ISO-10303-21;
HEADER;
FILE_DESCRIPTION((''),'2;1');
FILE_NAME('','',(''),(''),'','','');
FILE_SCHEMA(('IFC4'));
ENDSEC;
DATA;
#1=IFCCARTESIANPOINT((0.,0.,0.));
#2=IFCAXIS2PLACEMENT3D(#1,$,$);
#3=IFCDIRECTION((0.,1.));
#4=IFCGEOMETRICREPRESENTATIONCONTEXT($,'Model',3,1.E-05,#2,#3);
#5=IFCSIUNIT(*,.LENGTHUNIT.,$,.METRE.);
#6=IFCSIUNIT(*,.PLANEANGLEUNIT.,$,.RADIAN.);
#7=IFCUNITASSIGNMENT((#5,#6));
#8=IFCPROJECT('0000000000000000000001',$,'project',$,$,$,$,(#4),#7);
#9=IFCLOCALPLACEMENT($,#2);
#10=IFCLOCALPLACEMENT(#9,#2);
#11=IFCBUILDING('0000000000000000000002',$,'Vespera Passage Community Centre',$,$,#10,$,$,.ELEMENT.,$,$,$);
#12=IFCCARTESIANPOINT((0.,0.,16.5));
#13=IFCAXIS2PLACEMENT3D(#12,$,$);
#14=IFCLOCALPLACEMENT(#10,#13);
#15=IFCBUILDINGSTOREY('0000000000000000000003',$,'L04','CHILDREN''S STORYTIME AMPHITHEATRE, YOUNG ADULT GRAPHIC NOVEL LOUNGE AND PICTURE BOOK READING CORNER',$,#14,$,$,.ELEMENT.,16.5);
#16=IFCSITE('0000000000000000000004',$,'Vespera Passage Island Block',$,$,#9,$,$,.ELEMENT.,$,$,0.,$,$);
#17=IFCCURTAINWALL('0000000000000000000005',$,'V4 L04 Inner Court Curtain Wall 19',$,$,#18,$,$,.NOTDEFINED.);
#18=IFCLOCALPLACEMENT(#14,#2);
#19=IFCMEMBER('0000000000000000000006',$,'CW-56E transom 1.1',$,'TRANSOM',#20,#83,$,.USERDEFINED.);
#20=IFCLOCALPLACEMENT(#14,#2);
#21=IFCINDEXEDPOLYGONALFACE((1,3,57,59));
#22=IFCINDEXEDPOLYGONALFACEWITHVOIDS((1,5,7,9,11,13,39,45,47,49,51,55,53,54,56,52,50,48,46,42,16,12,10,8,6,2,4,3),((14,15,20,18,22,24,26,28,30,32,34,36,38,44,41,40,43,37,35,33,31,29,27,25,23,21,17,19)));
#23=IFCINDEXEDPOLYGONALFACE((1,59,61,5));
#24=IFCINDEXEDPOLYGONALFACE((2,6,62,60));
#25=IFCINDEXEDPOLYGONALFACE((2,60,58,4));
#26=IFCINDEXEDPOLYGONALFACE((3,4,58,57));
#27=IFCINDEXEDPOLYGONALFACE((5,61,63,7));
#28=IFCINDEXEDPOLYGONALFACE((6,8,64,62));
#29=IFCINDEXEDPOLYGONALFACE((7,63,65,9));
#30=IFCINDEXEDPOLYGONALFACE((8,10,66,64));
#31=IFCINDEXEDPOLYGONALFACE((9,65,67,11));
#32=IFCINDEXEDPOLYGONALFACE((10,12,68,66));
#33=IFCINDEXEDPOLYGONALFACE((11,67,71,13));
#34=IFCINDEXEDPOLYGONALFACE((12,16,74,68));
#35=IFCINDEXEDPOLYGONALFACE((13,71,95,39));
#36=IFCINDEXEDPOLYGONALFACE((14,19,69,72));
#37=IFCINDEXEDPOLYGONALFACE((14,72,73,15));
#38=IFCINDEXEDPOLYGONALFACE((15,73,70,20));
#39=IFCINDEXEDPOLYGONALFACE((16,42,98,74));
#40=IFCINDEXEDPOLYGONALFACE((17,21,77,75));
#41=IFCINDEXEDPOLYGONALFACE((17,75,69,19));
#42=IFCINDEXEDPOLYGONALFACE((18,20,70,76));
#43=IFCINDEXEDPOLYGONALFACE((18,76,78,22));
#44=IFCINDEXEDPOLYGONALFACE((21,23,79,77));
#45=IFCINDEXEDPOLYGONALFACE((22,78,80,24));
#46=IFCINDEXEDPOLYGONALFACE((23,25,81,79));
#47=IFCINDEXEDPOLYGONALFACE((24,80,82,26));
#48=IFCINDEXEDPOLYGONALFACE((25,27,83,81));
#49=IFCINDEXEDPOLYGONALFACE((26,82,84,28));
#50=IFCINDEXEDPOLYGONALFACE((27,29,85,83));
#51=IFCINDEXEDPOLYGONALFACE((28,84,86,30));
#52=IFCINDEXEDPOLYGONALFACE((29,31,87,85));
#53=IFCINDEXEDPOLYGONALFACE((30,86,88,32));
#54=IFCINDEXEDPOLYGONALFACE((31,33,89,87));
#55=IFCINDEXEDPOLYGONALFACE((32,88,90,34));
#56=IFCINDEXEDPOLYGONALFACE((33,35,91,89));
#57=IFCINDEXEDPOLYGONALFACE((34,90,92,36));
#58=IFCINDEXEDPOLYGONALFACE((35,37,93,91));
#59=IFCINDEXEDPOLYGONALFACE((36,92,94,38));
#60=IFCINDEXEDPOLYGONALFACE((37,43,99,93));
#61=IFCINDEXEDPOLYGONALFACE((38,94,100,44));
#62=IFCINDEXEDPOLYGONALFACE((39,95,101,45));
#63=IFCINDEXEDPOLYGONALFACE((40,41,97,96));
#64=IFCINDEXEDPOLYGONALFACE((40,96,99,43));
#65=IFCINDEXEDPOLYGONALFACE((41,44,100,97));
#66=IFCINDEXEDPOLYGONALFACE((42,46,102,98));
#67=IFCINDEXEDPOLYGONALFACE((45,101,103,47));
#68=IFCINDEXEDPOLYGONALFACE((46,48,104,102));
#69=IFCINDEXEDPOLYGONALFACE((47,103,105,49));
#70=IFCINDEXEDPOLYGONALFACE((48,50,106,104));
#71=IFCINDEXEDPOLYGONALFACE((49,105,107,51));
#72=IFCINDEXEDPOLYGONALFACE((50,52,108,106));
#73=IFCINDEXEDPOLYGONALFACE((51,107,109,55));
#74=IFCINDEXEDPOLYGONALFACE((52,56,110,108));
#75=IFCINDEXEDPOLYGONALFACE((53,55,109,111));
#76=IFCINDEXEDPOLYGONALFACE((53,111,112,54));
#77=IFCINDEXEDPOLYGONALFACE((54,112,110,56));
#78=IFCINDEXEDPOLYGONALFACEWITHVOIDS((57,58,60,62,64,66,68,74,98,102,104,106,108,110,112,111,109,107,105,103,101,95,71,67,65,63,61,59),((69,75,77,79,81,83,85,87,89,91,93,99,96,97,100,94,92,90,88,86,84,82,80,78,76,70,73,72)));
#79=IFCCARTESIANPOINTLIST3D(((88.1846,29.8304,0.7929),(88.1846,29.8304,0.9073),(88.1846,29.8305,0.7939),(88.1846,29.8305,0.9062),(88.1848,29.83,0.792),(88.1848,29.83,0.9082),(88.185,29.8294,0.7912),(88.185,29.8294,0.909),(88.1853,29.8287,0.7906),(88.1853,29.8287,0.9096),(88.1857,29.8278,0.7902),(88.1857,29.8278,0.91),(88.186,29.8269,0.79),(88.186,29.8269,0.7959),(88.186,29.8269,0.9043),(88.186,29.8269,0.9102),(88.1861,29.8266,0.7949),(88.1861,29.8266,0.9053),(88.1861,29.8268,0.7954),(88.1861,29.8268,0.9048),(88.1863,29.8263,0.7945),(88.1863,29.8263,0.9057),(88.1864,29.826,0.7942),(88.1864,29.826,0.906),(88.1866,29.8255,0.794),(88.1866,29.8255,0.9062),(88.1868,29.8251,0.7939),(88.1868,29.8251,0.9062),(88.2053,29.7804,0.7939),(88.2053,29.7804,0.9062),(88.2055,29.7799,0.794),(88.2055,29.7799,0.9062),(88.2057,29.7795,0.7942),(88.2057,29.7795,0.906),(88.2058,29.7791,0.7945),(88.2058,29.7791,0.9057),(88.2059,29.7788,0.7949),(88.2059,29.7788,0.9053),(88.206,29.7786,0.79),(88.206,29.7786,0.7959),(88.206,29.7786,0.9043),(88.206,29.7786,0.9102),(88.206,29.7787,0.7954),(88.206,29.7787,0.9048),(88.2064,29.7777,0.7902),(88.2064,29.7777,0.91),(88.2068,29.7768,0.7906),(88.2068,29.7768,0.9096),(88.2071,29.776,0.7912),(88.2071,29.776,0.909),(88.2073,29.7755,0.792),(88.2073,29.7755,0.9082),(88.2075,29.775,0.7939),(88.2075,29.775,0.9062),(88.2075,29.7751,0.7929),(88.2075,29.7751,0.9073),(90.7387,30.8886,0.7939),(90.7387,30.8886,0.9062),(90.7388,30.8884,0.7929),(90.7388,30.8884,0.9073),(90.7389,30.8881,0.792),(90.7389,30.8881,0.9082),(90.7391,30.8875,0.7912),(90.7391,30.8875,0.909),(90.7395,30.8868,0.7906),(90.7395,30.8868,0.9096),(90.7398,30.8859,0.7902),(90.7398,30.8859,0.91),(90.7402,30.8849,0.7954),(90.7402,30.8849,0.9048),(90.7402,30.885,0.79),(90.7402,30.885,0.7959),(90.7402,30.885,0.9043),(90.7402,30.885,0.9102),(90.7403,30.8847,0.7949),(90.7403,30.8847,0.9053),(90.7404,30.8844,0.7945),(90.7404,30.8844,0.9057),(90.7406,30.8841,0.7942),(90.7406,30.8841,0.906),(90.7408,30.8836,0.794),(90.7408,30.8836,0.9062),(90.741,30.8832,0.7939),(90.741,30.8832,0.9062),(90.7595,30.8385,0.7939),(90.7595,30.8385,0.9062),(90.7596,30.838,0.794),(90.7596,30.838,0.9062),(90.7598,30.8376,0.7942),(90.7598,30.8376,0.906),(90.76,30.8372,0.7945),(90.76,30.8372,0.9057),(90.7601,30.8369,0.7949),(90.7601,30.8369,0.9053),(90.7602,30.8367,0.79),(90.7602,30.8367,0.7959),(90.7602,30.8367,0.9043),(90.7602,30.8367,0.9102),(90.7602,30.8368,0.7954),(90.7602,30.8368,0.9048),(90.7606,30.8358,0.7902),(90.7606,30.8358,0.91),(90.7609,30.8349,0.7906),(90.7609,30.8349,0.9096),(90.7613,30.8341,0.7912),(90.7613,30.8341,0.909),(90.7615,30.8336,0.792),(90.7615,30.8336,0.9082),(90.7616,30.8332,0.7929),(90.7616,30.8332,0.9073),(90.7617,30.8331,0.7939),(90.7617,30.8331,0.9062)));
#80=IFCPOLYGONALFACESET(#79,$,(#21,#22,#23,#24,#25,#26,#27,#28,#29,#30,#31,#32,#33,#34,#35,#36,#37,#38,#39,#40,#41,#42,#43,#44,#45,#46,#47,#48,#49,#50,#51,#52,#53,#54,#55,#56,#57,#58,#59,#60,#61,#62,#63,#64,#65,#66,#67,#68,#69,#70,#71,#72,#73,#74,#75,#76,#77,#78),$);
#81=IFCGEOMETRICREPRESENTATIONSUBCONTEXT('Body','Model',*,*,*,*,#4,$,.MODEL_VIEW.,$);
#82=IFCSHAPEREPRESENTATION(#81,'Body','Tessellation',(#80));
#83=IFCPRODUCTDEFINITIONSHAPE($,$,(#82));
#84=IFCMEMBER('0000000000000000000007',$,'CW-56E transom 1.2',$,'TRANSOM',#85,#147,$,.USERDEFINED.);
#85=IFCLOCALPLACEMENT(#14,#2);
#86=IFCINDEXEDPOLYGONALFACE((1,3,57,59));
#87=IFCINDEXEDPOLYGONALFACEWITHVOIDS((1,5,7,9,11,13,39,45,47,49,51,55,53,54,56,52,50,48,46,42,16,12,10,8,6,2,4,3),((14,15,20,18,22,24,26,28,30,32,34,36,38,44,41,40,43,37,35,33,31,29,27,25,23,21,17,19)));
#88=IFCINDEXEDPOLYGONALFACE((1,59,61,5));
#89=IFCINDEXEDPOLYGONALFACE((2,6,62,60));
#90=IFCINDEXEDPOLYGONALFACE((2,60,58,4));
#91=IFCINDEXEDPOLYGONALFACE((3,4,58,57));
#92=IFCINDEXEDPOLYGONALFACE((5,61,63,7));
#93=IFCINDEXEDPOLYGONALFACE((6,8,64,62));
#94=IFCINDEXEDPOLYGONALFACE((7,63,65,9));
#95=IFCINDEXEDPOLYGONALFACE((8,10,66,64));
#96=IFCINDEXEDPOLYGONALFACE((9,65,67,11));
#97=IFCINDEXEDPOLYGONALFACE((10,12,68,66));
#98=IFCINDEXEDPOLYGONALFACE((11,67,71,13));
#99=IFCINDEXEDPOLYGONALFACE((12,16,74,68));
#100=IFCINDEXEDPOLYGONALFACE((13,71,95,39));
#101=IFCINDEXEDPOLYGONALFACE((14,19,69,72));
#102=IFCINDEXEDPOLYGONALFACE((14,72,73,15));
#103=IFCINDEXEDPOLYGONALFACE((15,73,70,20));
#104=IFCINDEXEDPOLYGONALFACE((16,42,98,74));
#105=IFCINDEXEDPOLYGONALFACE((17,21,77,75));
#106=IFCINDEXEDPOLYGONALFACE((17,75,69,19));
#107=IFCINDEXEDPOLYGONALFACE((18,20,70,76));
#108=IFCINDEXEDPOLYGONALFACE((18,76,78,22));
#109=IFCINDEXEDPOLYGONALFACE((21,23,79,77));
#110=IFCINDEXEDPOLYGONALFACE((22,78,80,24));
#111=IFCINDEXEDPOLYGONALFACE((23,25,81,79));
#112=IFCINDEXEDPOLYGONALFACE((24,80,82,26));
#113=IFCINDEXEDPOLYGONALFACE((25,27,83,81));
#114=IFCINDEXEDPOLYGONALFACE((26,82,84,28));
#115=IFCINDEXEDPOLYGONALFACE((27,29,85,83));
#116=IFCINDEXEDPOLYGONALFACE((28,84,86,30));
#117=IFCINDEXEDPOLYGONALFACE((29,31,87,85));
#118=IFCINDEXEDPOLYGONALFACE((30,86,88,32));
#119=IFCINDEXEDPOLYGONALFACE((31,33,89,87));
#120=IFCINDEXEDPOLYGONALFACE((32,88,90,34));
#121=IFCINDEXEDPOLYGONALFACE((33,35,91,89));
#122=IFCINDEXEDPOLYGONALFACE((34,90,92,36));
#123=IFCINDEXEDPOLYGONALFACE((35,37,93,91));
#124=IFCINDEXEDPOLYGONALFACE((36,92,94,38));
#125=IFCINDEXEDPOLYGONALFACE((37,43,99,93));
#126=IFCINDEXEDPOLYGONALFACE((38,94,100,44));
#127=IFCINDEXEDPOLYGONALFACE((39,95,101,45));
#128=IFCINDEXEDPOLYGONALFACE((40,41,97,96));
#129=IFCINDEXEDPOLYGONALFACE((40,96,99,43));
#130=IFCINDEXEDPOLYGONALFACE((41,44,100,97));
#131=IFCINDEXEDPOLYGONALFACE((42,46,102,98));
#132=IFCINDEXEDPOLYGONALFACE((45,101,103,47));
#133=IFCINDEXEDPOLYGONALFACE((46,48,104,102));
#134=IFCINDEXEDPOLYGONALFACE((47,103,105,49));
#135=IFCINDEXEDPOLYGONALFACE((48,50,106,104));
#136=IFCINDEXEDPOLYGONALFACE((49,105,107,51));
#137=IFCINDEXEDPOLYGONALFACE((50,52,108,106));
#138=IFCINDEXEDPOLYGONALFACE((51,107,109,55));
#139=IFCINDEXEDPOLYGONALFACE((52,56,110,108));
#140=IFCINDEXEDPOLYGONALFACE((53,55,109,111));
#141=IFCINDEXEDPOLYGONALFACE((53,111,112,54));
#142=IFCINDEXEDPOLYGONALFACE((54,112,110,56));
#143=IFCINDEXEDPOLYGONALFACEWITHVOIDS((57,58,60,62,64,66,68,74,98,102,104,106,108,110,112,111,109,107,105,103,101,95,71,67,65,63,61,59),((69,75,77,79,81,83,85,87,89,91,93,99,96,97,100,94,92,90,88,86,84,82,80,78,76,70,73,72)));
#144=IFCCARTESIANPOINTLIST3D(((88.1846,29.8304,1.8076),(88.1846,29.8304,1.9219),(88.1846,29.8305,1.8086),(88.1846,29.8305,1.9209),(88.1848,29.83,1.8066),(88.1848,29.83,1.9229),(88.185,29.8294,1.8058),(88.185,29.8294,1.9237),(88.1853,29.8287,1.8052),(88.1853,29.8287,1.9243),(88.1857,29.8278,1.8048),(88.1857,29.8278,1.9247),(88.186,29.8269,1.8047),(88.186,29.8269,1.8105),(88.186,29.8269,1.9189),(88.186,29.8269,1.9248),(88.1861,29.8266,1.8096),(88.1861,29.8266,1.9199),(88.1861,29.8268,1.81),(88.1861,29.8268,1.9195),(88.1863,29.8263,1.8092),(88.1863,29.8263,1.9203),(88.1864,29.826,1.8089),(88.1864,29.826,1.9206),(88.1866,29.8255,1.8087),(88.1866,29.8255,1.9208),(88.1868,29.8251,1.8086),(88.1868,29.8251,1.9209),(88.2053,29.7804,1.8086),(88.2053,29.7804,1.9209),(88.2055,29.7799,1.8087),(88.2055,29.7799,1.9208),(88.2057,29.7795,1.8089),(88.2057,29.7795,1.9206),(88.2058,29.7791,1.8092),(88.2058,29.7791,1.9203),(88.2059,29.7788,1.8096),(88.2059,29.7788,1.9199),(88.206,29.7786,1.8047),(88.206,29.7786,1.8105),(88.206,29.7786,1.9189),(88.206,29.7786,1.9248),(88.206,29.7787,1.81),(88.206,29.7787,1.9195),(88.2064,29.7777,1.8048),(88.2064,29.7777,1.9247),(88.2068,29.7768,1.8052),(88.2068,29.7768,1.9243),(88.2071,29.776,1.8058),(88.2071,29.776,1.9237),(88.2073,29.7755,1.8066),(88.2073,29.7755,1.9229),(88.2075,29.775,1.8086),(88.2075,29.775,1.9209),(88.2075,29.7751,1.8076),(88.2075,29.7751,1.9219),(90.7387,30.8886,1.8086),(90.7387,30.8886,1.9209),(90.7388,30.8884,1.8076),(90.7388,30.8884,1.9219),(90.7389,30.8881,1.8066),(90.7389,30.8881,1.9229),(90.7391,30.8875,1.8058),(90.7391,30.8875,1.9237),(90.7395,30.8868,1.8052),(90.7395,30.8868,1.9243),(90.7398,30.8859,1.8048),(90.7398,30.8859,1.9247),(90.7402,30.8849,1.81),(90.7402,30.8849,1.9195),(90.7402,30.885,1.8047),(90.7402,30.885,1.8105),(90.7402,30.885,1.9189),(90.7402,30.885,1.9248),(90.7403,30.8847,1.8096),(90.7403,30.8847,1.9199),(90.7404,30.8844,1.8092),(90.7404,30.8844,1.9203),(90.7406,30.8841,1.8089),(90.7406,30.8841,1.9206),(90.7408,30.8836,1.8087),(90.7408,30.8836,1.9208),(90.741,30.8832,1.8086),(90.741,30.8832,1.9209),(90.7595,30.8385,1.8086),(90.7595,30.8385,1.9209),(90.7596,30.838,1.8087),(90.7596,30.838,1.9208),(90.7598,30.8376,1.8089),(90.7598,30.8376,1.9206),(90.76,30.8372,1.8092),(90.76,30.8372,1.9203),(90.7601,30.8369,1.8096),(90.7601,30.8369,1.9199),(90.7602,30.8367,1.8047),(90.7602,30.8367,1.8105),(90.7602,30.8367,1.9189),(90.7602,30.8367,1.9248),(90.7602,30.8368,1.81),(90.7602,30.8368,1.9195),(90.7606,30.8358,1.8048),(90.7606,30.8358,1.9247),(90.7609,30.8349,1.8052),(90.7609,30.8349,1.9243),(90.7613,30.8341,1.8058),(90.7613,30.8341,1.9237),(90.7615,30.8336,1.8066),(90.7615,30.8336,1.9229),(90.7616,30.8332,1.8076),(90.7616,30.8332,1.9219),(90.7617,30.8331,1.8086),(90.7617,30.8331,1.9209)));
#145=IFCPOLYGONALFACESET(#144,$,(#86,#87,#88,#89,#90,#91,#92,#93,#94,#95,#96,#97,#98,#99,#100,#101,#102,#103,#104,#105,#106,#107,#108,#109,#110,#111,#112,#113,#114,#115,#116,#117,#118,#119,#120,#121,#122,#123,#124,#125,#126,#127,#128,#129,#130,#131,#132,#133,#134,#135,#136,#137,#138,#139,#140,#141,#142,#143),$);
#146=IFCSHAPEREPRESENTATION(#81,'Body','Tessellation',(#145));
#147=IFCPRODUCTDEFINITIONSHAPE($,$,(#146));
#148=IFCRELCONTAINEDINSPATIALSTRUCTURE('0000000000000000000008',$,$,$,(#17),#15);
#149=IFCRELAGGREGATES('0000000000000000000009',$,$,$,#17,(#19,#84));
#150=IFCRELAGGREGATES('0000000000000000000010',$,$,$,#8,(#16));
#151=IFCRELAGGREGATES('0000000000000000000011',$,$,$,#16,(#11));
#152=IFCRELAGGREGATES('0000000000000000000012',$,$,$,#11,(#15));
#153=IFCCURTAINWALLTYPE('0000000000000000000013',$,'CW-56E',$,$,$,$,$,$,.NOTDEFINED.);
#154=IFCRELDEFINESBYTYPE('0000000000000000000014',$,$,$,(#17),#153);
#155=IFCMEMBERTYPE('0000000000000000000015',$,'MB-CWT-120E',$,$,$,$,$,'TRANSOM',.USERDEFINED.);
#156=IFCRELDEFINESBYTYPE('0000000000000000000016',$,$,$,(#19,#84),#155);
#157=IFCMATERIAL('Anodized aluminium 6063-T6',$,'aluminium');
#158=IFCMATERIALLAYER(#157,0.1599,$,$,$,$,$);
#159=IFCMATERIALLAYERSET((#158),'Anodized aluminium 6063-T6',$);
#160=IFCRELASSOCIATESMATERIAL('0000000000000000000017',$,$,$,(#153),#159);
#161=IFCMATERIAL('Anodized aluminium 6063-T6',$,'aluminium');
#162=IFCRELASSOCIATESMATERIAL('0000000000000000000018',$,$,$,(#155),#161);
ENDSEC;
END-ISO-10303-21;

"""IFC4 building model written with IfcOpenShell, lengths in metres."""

from ifc_helpers import new_model, si_unit, direction, frame, origin, origin_2d, place, context, subcontext, project, spatial, hollow_rectangle, extrude, material, layer, layer_set, material_profile, profile_set, type_object, element, aggregate, save


model = new_model("IFC4")

# Units and contexts
model_context = context("Model", 3, precision=1e-05, world=origin(), true_north=direction((0.0, 1.0)))
body_context = subcontext(model_context, "Body", "Model", "MODEL_VIEW")
ifc_project = project(units=[si_unit("LENGTHUNIT", "METRE"), si_unit("PLANEANGLEUNIT", "RADIAN")], contexts=[model_context])

# Site, building, storey
site_placement = place(None, origin())
site = spatial("IfcSite", under=ifc_project, at=site_placement, Name="Vespera Passage Island Block", CompositionType="ELEMENT", RefElevation=0.0)
building_placement = place(site_placement, origin())
building = spatial("IfcBuilding", under=site, at=building_placement, Name="Vespera Passage Community Centre", CompositionType="ELEMENT")
storey_placement = place(building_placement, frame((0.0, 0.0, 16.5)))
storey = spatial("IfcBuildingStorey", under=building, at=storey_placement, Name="L04", Description="CHILDREN'S STORYTIME AMPHITHEATRE, YOUNG ADULT GRAPHIC NOVEL LOUNGE AND PICTURE BOOK READING CORNER", CompositionType="ELEMENT", Elevation=16.5)

# Curtain wall
ifc_material_1 = material(Name="Anodized aluminium 6063-T6", Category="aluminium")
ifc_layer_1 = layer(ifc_material_1, 0.1599)
ifc_layer_set_1 = layer_set([ifc_layer_1], Name="Anodized aluminium 6063-T6")
curtain_wall_type_1 = type_object("IfcCurtainWallType", Name="CW-56E", PredefinedType="NOTDEFINED", material=ifc_layer_set_1)
curtain_wall_1_placement = place(storey_placement, origin())
curtain_wall_1 = element("IfcCurtainWall", 1, at=curtain_wall_1_placement, inside=storey, type_object=curtain_wall_type_1, Name="V4 L04 Inner Court Curtain Wall 19", PredefinedType="NOTDEFINED")

# Members
ifc_material_2 = material(Name="Anodized aluminium 6063-T6", Category="aluminium")
ifc_material_profile_1 = material_profile(ifc_material_2, hollow_rectangle(XDim=0.0601, YDim=0.1201, WallThickness=0.0039, InnerFilletRadius=0.002, OuterFilletRadius=0.0039, at=origin_2d()), Name="ALU120X60X4")
ifc_profile_set_1 = profile_set([ifc_material_profile_1], Name="Anodized aluminium 6063-T6")
member_type_1 = type_object("IfcMemberType", Name="MB-CWT-120E", ElementType="TRANSOM", PredefinedType="USERDEFINED", material=ifc_profile_set_1)
member_1_placement = place(storey_placement, frame((88.196, 29.8027, 0.8501), z_axis=(0.923864, 0.382721, 0.0), x_axis=(-0.382721, 0.923864, 0.0)))
member_1 = element("IfcMember", 2, at=member_1_placement, type_object=member_type_1, Name="CW-56E transom 1.1", ObjectType="TRANSOM", PredefinedType="USERDEFINED", context=body_context, shape_type="SweptSolid", body=[
    extrude(hollow_rectangle(XDim=0.0601, YDim=0.1201, WallThickness=0.0039, InnerFilletRadius=0.002, OuterFilletRadius=0.0039, at=origin_2d()), origin(), (0.0, 0.0, 1.0), 2.7646),
])
member_2_placement = place(storey_placement, frame((88.196, 29.8027, 1.8647), z_axis=(0.923864, 0.382721, 0.0), x_axis=(-0.382721, 0.923864, 0.0)))
member_2 = element("IfcMember", 3, at=member_2_placement, type_object=member_type_1, Name="CW-56E transom 1.2", ObjectType="TRANSOM", PredefinedType="USERDEFINED", context=body_context, shape_type="SweptSolid", body=[
    extrude(hollow_rectangle(XDim=0.0601, YDim=0.1201, WallThickness=0.0039, InnerFilletRadius=0.002, OuterFilletRadius=0.0039, at=origin_2d()), origin(), (0.0, 0.0, 1.0), 2.7646),
])

aggregate(curtain_wall_1, [member_1, member_2])

save(model, "model.ifc")
